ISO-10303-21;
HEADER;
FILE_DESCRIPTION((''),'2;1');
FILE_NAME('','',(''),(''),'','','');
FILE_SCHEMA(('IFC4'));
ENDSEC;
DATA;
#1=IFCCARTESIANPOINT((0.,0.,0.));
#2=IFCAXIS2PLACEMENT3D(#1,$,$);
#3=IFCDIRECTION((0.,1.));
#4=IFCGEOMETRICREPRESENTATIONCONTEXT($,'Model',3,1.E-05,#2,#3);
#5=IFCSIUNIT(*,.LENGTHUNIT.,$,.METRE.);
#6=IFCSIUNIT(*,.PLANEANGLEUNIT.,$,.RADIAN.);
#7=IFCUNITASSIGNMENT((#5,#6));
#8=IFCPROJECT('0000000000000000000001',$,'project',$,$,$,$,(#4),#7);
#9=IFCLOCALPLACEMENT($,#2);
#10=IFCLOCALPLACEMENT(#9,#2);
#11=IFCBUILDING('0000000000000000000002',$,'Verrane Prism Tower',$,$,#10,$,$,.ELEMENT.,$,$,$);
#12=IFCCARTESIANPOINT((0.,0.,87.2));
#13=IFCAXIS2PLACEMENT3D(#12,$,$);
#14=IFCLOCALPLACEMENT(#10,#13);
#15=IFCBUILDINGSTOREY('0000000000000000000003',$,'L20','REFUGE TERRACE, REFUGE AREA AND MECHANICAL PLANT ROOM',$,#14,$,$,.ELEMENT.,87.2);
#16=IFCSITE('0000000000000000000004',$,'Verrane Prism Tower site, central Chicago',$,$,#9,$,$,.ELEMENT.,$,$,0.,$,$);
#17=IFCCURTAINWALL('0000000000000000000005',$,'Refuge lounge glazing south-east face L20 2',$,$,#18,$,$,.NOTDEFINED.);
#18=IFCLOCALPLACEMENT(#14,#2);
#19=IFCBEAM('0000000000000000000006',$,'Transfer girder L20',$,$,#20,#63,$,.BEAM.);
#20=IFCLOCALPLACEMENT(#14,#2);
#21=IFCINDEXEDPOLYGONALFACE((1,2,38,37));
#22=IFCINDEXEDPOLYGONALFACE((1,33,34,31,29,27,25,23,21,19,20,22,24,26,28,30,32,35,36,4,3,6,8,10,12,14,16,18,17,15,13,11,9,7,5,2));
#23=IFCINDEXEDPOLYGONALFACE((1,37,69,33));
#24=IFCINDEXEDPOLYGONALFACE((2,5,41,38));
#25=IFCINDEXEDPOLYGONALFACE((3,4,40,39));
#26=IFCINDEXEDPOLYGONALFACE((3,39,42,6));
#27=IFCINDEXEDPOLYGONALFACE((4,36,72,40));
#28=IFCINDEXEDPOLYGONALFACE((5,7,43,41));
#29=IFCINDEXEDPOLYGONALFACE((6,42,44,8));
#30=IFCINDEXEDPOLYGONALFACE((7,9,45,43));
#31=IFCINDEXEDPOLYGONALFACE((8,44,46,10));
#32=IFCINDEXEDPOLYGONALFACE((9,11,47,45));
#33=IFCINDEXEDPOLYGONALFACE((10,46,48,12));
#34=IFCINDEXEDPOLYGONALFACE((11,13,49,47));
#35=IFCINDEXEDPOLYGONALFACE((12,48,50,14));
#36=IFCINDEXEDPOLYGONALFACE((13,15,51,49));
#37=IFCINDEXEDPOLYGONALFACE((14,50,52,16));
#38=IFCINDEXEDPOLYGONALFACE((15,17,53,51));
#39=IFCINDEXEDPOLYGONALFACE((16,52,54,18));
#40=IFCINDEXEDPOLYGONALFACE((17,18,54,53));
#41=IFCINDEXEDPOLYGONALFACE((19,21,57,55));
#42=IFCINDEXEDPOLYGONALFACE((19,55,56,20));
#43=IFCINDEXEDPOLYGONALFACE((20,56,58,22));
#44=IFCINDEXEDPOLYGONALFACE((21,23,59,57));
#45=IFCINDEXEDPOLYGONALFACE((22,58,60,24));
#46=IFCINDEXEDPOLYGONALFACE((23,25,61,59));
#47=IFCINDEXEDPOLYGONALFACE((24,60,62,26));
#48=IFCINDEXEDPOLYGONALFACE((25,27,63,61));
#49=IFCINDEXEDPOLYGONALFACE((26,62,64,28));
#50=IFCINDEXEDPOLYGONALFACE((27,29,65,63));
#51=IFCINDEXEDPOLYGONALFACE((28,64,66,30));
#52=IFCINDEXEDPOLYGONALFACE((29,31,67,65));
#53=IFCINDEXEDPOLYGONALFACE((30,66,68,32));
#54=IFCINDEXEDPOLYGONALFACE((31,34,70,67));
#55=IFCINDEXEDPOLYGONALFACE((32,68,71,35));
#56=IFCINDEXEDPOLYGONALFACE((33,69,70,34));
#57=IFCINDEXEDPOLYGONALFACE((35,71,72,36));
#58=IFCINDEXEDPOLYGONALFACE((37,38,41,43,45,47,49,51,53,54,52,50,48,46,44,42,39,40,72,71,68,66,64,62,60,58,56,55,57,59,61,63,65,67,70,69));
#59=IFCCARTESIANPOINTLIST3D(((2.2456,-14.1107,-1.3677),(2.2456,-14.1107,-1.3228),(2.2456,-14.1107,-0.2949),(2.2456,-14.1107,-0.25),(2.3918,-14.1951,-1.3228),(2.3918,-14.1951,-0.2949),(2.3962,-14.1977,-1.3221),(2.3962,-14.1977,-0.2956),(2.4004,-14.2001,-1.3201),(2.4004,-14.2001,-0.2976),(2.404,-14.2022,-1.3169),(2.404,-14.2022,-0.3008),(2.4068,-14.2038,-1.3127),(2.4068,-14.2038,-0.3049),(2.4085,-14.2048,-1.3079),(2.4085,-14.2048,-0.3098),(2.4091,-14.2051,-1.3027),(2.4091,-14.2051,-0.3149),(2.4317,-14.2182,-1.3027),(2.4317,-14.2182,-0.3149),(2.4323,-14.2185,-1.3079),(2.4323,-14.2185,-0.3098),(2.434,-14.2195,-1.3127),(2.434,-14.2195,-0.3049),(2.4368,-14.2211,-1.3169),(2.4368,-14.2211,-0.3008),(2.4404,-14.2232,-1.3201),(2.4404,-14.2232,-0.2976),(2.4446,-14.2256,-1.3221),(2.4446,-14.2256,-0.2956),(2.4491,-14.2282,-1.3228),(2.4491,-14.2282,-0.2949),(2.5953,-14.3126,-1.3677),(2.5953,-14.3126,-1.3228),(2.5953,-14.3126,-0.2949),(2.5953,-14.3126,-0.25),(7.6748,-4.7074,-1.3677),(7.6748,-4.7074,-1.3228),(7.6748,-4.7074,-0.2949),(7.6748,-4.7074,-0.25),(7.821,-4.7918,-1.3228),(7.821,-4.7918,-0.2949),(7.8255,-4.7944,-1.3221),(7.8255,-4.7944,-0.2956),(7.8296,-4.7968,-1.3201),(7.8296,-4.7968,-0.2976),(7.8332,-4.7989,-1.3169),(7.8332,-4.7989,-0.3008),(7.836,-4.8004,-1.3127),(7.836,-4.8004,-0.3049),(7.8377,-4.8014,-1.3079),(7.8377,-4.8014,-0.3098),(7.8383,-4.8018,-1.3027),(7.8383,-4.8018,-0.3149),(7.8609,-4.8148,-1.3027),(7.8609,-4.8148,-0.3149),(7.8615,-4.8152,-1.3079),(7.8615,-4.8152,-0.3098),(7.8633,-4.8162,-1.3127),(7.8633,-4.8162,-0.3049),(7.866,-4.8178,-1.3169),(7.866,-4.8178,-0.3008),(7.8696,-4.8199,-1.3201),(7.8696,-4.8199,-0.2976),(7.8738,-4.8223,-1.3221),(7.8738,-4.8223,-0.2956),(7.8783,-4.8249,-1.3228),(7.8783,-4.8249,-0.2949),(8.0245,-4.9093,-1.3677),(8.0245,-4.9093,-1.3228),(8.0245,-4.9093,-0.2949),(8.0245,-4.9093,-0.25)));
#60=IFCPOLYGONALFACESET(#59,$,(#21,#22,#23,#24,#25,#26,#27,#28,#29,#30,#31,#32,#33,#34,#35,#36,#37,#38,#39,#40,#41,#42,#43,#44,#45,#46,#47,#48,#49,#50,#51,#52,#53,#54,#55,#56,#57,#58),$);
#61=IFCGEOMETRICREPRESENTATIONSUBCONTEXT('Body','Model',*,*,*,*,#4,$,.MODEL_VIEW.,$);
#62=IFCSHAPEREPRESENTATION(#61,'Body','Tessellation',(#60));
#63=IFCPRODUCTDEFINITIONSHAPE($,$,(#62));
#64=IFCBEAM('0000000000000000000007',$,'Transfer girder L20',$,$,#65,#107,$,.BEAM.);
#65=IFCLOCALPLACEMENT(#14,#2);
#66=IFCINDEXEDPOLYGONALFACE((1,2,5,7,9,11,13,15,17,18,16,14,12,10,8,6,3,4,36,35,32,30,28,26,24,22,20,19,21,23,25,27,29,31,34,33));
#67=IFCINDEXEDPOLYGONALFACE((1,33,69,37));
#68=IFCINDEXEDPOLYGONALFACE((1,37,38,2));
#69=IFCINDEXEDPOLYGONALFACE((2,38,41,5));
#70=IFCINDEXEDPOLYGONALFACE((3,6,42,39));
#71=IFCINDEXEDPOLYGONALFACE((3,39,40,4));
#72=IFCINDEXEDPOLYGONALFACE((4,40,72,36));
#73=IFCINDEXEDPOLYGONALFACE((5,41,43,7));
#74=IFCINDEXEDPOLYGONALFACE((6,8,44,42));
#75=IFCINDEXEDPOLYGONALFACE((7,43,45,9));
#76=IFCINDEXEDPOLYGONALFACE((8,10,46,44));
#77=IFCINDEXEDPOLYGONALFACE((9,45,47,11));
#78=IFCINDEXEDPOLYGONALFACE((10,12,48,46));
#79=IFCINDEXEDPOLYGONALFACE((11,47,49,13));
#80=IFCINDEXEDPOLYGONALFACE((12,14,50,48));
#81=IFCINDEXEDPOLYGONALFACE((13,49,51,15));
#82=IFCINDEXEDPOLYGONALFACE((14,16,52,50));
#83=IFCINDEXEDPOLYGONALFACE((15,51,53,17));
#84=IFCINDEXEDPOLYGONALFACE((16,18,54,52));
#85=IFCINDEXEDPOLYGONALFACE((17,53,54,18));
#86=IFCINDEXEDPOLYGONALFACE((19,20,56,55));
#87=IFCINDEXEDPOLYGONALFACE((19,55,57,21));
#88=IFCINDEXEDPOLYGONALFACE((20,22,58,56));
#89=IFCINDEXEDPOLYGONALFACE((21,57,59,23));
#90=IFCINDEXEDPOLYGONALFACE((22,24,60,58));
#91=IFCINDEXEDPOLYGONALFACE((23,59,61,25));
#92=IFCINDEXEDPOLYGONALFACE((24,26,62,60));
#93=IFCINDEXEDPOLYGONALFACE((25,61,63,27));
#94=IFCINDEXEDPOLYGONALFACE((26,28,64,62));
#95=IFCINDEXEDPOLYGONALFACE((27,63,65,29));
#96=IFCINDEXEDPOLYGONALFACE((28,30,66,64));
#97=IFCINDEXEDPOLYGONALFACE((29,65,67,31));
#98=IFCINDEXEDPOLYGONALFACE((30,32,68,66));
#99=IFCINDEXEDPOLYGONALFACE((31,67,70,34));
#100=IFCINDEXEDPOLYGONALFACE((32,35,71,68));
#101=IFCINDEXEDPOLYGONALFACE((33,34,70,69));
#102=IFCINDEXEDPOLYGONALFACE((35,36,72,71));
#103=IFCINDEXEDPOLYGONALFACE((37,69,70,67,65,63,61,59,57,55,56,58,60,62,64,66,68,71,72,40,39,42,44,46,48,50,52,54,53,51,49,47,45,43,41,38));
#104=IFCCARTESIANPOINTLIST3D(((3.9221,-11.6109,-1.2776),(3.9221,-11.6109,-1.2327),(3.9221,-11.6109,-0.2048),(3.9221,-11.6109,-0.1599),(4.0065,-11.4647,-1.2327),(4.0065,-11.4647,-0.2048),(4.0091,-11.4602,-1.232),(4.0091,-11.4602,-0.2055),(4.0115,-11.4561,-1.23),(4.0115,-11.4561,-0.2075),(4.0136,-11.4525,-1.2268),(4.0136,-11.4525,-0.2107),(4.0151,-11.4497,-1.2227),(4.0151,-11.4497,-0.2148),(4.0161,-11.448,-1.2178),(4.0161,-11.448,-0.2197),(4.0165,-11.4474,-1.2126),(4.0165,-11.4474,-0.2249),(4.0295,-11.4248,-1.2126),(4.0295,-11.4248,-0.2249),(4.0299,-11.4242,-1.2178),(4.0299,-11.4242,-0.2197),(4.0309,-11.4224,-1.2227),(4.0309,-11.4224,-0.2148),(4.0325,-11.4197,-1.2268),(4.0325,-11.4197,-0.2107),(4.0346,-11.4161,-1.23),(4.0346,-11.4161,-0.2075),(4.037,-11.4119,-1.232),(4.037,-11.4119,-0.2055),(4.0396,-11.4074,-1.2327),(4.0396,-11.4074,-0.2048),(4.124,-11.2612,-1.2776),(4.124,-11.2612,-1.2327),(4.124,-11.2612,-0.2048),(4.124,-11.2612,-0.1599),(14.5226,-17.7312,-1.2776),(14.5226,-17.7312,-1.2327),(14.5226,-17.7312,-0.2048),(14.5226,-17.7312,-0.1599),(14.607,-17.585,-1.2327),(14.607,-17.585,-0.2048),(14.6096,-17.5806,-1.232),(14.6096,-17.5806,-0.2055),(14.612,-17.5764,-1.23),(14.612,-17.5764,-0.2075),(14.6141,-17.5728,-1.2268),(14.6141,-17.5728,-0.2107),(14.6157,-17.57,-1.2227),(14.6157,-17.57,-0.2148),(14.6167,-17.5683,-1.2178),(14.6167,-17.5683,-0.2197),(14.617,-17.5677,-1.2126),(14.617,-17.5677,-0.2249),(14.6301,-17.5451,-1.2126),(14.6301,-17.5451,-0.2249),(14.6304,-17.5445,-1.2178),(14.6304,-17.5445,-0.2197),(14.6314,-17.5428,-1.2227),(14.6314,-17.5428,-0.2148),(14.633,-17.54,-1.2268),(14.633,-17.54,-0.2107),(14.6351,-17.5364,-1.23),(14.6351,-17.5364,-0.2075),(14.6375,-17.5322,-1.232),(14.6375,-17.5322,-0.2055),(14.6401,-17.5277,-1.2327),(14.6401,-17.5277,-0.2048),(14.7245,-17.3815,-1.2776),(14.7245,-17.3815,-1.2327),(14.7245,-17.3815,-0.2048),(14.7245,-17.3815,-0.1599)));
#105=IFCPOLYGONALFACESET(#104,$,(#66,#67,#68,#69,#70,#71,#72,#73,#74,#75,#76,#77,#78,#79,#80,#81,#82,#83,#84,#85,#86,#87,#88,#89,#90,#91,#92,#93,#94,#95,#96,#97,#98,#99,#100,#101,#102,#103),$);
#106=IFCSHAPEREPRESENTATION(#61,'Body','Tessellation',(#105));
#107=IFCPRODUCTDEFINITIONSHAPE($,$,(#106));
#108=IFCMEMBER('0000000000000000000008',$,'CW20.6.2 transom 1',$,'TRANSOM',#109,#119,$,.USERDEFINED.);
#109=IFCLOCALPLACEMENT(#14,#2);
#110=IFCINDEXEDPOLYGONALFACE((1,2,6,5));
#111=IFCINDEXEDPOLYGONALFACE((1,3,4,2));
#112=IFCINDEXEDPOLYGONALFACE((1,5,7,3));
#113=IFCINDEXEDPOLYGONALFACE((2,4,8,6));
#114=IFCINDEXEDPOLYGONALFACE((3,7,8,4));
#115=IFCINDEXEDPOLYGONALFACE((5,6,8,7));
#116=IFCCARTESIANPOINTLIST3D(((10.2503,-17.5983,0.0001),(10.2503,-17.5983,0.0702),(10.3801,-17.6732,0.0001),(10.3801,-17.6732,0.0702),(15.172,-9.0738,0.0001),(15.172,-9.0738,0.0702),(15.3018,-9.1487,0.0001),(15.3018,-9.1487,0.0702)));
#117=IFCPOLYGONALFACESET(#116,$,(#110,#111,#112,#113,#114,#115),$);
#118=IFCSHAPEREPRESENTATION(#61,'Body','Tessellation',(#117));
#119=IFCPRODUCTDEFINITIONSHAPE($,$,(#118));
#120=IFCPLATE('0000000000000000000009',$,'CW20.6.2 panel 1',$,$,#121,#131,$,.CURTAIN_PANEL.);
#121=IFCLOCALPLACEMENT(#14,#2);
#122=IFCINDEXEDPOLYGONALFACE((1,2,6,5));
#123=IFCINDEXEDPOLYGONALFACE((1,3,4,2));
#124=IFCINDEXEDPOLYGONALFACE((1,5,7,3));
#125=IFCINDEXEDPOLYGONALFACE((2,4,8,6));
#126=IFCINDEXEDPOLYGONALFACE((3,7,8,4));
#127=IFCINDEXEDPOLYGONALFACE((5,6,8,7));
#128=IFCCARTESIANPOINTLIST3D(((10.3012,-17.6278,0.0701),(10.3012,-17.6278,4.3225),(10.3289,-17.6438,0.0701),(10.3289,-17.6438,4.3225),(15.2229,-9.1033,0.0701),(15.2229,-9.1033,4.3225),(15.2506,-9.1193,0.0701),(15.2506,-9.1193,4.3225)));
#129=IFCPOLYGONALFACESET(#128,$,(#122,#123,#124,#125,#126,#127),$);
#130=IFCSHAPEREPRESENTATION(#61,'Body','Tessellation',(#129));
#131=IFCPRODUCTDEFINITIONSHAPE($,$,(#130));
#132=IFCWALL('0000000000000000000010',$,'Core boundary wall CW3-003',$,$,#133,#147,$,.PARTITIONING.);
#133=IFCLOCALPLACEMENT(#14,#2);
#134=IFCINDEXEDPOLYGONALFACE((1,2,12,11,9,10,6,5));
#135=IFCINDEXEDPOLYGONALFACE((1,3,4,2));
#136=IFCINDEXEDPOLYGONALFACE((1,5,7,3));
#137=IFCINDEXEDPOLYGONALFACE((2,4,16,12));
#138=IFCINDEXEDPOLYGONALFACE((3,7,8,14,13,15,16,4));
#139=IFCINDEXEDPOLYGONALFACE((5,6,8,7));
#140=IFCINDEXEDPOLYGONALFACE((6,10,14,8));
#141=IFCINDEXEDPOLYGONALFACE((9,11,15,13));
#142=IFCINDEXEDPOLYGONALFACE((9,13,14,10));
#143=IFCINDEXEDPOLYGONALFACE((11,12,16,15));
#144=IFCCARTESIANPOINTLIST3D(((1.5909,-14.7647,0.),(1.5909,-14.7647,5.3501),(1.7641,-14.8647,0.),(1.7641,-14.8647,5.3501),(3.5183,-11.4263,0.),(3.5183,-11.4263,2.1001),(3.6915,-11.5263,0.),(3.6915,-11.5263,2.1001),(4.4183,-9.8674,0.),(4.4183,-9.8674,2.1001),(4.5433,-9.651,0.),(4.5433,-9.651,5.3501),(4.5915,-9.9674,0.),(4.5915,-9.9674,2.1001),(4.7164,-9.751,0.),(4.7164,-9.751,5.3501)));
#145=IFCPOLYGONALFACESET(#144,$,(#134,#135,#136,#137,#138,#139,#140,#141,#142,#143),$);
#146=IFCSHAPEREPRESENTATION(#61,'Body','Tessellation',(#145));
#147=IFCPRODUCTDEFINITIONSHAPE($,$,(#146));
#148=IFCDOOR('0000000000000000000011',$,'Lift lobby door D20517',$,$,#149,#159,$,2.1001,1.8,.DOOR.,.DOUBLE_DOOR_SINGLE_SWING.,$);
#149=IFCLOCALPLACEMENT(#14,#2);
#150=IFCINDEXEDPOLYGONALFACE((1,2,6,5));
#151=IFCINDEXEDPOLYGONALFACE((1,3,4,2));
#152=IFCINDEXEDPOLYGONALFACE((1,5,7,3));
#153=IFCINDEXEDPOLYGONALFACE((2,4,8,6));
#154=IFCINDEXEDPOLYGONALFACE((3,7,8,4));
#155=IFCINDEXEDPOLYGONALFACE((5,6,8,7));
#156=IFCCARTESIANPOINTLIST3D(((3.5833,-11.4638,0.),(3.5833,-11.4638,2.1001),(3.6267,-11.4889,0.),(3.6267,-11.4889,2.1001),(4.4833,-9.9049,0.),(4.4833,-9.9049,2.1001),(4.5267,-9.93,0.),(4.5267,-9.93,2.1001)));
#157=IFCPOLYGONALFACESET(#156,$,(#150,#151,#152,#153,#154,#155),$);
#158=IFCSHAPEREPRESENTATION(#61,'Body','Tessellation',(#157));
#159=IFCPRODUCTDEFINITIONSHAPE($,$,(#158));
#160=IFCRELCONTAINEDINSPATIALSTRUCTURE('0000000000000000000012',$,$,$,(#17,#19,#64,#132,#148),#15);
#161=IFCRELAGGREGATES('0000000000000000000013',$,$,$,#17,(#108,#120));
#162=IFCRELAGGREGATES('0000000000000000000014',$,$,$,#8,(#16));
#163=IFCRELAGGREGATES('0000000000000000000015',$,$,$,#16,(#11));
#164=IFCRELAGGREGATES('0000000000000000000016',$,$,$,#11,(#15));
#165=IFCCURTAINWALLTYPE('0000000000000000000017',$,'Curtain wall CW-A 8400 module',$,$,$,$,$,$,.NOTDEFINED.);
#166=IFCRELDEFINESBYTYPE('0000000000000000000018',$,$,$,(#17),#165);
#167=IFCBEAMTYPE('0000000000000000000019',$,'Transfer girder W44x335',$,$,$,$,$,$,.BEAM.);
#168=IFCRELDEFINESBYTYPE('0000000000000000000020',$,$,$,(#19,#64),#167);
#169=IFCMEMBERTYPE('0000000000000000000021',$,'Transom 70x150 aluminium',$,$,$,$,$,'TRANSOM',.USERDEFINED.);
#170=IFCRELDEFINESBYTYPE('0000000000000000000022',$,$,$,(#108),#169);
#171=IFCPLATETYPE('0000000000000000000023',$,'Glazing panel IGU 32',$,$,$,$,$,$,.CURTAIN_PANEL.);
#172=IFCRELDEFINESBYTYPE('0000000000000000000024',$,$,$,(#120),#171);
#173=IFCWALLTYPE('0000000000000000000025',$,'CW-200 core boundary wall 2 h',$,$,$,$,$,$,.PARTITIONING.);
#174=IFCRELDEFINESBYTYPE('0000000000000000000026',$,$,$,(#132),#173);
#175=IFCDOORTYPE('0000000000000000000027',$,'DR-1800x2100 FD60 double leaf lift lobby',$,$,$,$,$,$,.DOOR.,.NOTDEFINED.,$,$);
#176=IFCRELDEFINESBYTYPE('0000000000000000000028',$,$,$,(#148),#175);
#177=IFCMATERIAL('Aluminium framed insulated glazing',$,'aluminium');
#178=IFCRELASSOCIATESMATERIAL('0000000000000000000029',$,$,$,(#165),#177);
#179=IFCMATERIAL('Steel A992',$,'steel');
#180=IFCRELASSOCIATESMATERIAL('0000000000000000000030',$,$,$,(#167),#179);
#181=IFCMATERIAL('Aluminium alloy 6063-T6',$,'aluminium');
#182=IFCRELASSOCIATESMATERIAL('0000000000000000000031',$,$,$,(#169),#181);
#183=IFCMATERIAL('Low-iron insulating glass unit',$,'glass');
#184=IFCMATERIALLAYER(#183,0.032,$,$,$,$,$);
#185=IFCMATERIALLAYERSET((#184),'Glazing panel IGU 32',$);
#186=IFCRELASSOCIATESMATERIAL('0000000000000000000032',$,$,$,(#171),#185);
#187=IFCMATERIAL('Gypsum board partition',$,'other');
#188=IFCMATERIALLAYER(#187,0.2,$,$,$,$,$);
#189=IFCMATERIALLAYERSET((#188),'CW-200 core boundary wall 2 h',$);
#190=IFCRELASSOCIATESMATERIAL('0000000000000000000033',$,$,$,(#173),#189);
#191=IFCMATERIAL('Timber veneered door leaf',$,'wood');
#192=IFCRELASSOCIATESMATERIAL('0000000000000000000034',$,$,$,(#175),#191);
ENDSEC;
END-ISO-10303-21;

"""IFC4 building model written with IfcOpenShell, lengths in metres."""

from ifc_helpers import new_model, si_unit, direction, frame, frame_2d, origin, origin_2d, place, context, subcontext, project, spatial, rectangle, i_section, extrude, material, layer, layer_set, material_profile, profile_set, type_object, element, fill, aggregate, save


model = new_model("IFC4")

# Units and contexts
model_context = context("Model", 3, precision=1e-05, world=origin(), true_north=direction((0.0, 1.0)))
body_context = subcontext(model_context, "Body", "Model", "MODEL_VIEW")
ifc_project = project(units=[si_unit("LENGTHUNIT", "METRE"), si_unit("PLANEANGLEUNIT", "RADIAN")], contexts=[model_context])

# Site, building, storey
site_placement = place(None, origin())
site = spatial("IfcSite", under=ifc_project, at=site_placement, Name="Verrane Prism Tower site, central Chicago", CompositionType="ELEMENT", RefElevation=0.0)
building_placement = place(site_placement, origin())
building = spatial("IfcBuilding", under=site, at=building_placement, Name="Verrane Prism Tower", CompositionType="ELEMENT")
storey_placement = place(building_placement, frame((0.0, 0.0, 87.2)))
storey = spatial("IfcBuildingStorey", under=building, at=storey_placement, Name="L20", Description="REFUGE TERRACE, REFUGE AREA AND MECHANICAL PLANT ROOM", CompositionType="ELEMENT", Elevation=87.2)

# Curtain wall
ifc_material_1 = material(Name="Aluminium framed insulated glazing", Category="aluminium")
curtain_wall_type = type_object("IfcCurtainWallType", Name="Curtain wall CW-A 8400 module", PredefinedType="NOTDEFINED", material=ifc_material_1)
curtain_wall_placement = place(storey_placement, origin())
curtain_wall = element("IfcCurtainWall", 1, at=curtain_wall_placement, inside=storey, type_object=curtain_wall_type, Name="Refuge lounge glazing south-east face L20 2", PredefinedType="NOTDEFINED")

# Beams
ifc_material_2 = material(Name="Steel A992", Category="steel")
ifc_material_profile_1 = material_profile(ifc_material_2, i_section(OverallWidth=0.4038, OverallDepth=1.1177, WebThickness=0.0261, FlangeThickness=0.0449, FilletRadius=0.02, at=origin_2d()), Name="W44x335")
ifc_profile_set_1 = profile_set([ifc_material_profile_1], Name="Steel A992")
beam_type_1 = type_object("IfcBeamType", Name="Transfer girder W44x335", PredefinedType="BEAM", material=ifc_profile_set_1)
beam_1_placement = place(storey_placement, frame((2.4204, -14.2117, -0.8088), z_axis=(0.500013, 0.866018, 0.0), x_axis=(-0.866018, 0.500013, 0.0)))
element("IfcBeam", 2, at=beam_1_placement, inside=storey, type_object=beam_type_1, Name="Transfer girder L20", PredefinedType="BEAM", context=body_context, shape_type="SweptSolid", body=[
    extrude(i_section(OverallWidth=0.4038, OverallDepth=1.1177, WebThickness=0.0261, FlangeThickness=0.0449, FilletRadius=0.02, at=origin_2d()), origin(), (0.0, 0.0, 1.0), 10.8582),
])
beam_2_placement = place(storey_placement, frame((14.6235, -17.5564, -0.7188), z_axis=(-0.866022, 0.500007, 0.0), x_axis=(-0.500007, -0.866022, 0.0)))
element("IfcBeam", 3, at=beam_2_placement, inside=storey, type_object=beam_type_1, Name="Transfer girder L20", PredefinedType="BEAM", context=body_context, shape_type="SweptSolid", body=[
    extrude(i_section(OverallWidth=0.4038, OverallDepth=1.1177, WebThickness=0.0261, FlangeThickness=0.0449, FilletRadius=0.02, at=origin_2d()), origin(), (0.0, 0.0, 1.0), 12.2405),
])

# Member
ifc_material_3 = material(Name="Aluminium alloy 6063-T6", Category="aluminium")
ifc_material_profile_2 = material_profile(ifc_material_3, rectangle(XDim=0.1499, YDim=0.0701, at=origin_2d()), Name="Transom 70x150 aluminium")
ifc_profile_set_2 = profile_set([ifc_material_profile_2], Name="Aluminium alloy 6063-T6")
member_type_1 = type_object("IfcMemberType", Name="Transom 70x150 aluminium", ElementType="TRANSOM", PredefinedType="USERDEFINED", material=ifc_profile_set_2)
member_1_placement = place(storey_placement, frame((10.3152, -17.6357, 0.0352), z_axis=(0.500004, 0.866023, 0.0), x_axis=(-0.866023, 0.500004, 0.0)))
member_1 = element("IfcMember", 4, at=member_1_placement, type_object=member_type_1, Name="CW20.6.2 transom 1", ObjectType="TRANSOM", PredefinedType="USERDEFINED", context=body_context, shape_type="SweptSolid", body=[
    extrude(rectangle(XDim=0.1499, YDim=0.0701, at=origin_2d()), origin(), (0.0, 0.0, 1.0), 9.8433),
])

# Plate
ifc_material_4 = material(Name="Low-iron insulating glass unit", Category="glass")
ifc_layer_1 = layer(ifc_material_4, 0.032)
ifc_layer_set_1 = layer_set([ifc_layer_1], Name="Glazing panel IGU 32")
plate_type = type_object("IfcPlateType", Name="Glazing panel IGU 32", PredefinedType="CURTAIN_PANEL", material=ifc_layer_set_1)
plate_placement = place(storey_placement, frame((12.7759, -13.3735, 0.0701), z_axis=(0.0, 0.0, 1.0), x_axis=(0.500003, 0.866023, 0.0)))
plate = element("IfcPlate", 5, at=plate_placement, type_object=plate_type, Name="CW20.6.2 panel 1", PredefinedType="CURTAIN_PANEL", context=body_context, shape_type="SweptSolid", body=[
    extrude(rectangle(XDim=9.8433, YDim=0.032, at=origin_2d()), origin(), (0.0, 0.0, 1.0), 4.2524),
])
aggregate(curtain_wall, [member_1, plate])

# Wall, opening, door
ifc_material_5 = material(Name="Gypsum board partition", Category="other")
ifc_layer_2 = layer(ifc_material_5, 0.2)
ifc_layer_set_2 = layer_set([ifc_layer_2], Name="CW-200 core boundary wall 2 h")
wall_type_1 = type_object("IfcWallType", Name="CW-200 core boundary wall 2 h", PredefinedType="PARTITIONING", material=ifc_layer_set_2)
wall_1_placement = place(storey_placement, frame((1.6775, -14.8147, 0.0), z_axis=(0.0, 0.0, 1.0), x_axis=(0.499994, 0.866029, 0.0)))
wall_1 = element("IfcWall", 6, at=wall_1_placement, inside=storey, type_object=wall_type_1, Name="Core boundary wall CW3-003", PredefinedType="PARTITIONING", context=body_context, shape_type="SweptSolid", body=[
    extrude(rectangle(XDim=5.9048, YDim=0.2, at=frame_2d((2.9524, 0.0))), origin(), (0.0, 0.0, 1.0), 5.3501),
])
opening_1_placement = place(wall_1_placement, frame((3.855, 0.0, 0.0)))
opening_1 = element("IfcOpeningElement", 7, at=opening_1_placement, cuts=wall_1, PredefinedType="OPENING", context=body_context, shape_type="SweptSolid", body=[
    extrude(rectangle(XDim=1.8, YDim=2.1001, at=frame_2d((0.8999, 1.05))), frame((0.0, 0.1099, 0.0), z_axis=(0.0, -1.0, 0.0), x_axis=(1.0, 0.0, 0.0)), (0.0, 0.0, 1.0), 0.22),
])
ifc_material_6 = material(Name="Timber veneered door leaf", Category="wood")
door_type_1 = type_object("IfcDoorType", Name="DR-1800x2100 FD60 double leaf lift lobby", OperationType="NOTDEFINED", PredefinedType="DOOR", material=ifc_material_6)
door_1_placement = place(opening_1_placement, origin())
door_1 = element("IfcDoor", 8, at=door_1_placement, inside=storey, type_object=door_type_1, Name="Lift lobby door D20517", OperationType="DOUBLE_DOOR_SINGLE_SWING", OverallHeight=2.1001, OverallWidth=1.8, PredefinedType="DOOR", context=body_context, shape_type="SweptSolid", body=[
    extrude(rectangle(XDim=1.8, YDim=2.1001, at=frame_2d((0.8999, 1.05))), frame((0.0, 0.0249, 0.0), z_axis=(0.0, -1.0, 0.0), x_axis=(1.0, 0.0, 0.0)), (0.0, 0.0, 1.0), 0.05),
])
fill(opening_1, door_1)

save(model, "model.ifc")
